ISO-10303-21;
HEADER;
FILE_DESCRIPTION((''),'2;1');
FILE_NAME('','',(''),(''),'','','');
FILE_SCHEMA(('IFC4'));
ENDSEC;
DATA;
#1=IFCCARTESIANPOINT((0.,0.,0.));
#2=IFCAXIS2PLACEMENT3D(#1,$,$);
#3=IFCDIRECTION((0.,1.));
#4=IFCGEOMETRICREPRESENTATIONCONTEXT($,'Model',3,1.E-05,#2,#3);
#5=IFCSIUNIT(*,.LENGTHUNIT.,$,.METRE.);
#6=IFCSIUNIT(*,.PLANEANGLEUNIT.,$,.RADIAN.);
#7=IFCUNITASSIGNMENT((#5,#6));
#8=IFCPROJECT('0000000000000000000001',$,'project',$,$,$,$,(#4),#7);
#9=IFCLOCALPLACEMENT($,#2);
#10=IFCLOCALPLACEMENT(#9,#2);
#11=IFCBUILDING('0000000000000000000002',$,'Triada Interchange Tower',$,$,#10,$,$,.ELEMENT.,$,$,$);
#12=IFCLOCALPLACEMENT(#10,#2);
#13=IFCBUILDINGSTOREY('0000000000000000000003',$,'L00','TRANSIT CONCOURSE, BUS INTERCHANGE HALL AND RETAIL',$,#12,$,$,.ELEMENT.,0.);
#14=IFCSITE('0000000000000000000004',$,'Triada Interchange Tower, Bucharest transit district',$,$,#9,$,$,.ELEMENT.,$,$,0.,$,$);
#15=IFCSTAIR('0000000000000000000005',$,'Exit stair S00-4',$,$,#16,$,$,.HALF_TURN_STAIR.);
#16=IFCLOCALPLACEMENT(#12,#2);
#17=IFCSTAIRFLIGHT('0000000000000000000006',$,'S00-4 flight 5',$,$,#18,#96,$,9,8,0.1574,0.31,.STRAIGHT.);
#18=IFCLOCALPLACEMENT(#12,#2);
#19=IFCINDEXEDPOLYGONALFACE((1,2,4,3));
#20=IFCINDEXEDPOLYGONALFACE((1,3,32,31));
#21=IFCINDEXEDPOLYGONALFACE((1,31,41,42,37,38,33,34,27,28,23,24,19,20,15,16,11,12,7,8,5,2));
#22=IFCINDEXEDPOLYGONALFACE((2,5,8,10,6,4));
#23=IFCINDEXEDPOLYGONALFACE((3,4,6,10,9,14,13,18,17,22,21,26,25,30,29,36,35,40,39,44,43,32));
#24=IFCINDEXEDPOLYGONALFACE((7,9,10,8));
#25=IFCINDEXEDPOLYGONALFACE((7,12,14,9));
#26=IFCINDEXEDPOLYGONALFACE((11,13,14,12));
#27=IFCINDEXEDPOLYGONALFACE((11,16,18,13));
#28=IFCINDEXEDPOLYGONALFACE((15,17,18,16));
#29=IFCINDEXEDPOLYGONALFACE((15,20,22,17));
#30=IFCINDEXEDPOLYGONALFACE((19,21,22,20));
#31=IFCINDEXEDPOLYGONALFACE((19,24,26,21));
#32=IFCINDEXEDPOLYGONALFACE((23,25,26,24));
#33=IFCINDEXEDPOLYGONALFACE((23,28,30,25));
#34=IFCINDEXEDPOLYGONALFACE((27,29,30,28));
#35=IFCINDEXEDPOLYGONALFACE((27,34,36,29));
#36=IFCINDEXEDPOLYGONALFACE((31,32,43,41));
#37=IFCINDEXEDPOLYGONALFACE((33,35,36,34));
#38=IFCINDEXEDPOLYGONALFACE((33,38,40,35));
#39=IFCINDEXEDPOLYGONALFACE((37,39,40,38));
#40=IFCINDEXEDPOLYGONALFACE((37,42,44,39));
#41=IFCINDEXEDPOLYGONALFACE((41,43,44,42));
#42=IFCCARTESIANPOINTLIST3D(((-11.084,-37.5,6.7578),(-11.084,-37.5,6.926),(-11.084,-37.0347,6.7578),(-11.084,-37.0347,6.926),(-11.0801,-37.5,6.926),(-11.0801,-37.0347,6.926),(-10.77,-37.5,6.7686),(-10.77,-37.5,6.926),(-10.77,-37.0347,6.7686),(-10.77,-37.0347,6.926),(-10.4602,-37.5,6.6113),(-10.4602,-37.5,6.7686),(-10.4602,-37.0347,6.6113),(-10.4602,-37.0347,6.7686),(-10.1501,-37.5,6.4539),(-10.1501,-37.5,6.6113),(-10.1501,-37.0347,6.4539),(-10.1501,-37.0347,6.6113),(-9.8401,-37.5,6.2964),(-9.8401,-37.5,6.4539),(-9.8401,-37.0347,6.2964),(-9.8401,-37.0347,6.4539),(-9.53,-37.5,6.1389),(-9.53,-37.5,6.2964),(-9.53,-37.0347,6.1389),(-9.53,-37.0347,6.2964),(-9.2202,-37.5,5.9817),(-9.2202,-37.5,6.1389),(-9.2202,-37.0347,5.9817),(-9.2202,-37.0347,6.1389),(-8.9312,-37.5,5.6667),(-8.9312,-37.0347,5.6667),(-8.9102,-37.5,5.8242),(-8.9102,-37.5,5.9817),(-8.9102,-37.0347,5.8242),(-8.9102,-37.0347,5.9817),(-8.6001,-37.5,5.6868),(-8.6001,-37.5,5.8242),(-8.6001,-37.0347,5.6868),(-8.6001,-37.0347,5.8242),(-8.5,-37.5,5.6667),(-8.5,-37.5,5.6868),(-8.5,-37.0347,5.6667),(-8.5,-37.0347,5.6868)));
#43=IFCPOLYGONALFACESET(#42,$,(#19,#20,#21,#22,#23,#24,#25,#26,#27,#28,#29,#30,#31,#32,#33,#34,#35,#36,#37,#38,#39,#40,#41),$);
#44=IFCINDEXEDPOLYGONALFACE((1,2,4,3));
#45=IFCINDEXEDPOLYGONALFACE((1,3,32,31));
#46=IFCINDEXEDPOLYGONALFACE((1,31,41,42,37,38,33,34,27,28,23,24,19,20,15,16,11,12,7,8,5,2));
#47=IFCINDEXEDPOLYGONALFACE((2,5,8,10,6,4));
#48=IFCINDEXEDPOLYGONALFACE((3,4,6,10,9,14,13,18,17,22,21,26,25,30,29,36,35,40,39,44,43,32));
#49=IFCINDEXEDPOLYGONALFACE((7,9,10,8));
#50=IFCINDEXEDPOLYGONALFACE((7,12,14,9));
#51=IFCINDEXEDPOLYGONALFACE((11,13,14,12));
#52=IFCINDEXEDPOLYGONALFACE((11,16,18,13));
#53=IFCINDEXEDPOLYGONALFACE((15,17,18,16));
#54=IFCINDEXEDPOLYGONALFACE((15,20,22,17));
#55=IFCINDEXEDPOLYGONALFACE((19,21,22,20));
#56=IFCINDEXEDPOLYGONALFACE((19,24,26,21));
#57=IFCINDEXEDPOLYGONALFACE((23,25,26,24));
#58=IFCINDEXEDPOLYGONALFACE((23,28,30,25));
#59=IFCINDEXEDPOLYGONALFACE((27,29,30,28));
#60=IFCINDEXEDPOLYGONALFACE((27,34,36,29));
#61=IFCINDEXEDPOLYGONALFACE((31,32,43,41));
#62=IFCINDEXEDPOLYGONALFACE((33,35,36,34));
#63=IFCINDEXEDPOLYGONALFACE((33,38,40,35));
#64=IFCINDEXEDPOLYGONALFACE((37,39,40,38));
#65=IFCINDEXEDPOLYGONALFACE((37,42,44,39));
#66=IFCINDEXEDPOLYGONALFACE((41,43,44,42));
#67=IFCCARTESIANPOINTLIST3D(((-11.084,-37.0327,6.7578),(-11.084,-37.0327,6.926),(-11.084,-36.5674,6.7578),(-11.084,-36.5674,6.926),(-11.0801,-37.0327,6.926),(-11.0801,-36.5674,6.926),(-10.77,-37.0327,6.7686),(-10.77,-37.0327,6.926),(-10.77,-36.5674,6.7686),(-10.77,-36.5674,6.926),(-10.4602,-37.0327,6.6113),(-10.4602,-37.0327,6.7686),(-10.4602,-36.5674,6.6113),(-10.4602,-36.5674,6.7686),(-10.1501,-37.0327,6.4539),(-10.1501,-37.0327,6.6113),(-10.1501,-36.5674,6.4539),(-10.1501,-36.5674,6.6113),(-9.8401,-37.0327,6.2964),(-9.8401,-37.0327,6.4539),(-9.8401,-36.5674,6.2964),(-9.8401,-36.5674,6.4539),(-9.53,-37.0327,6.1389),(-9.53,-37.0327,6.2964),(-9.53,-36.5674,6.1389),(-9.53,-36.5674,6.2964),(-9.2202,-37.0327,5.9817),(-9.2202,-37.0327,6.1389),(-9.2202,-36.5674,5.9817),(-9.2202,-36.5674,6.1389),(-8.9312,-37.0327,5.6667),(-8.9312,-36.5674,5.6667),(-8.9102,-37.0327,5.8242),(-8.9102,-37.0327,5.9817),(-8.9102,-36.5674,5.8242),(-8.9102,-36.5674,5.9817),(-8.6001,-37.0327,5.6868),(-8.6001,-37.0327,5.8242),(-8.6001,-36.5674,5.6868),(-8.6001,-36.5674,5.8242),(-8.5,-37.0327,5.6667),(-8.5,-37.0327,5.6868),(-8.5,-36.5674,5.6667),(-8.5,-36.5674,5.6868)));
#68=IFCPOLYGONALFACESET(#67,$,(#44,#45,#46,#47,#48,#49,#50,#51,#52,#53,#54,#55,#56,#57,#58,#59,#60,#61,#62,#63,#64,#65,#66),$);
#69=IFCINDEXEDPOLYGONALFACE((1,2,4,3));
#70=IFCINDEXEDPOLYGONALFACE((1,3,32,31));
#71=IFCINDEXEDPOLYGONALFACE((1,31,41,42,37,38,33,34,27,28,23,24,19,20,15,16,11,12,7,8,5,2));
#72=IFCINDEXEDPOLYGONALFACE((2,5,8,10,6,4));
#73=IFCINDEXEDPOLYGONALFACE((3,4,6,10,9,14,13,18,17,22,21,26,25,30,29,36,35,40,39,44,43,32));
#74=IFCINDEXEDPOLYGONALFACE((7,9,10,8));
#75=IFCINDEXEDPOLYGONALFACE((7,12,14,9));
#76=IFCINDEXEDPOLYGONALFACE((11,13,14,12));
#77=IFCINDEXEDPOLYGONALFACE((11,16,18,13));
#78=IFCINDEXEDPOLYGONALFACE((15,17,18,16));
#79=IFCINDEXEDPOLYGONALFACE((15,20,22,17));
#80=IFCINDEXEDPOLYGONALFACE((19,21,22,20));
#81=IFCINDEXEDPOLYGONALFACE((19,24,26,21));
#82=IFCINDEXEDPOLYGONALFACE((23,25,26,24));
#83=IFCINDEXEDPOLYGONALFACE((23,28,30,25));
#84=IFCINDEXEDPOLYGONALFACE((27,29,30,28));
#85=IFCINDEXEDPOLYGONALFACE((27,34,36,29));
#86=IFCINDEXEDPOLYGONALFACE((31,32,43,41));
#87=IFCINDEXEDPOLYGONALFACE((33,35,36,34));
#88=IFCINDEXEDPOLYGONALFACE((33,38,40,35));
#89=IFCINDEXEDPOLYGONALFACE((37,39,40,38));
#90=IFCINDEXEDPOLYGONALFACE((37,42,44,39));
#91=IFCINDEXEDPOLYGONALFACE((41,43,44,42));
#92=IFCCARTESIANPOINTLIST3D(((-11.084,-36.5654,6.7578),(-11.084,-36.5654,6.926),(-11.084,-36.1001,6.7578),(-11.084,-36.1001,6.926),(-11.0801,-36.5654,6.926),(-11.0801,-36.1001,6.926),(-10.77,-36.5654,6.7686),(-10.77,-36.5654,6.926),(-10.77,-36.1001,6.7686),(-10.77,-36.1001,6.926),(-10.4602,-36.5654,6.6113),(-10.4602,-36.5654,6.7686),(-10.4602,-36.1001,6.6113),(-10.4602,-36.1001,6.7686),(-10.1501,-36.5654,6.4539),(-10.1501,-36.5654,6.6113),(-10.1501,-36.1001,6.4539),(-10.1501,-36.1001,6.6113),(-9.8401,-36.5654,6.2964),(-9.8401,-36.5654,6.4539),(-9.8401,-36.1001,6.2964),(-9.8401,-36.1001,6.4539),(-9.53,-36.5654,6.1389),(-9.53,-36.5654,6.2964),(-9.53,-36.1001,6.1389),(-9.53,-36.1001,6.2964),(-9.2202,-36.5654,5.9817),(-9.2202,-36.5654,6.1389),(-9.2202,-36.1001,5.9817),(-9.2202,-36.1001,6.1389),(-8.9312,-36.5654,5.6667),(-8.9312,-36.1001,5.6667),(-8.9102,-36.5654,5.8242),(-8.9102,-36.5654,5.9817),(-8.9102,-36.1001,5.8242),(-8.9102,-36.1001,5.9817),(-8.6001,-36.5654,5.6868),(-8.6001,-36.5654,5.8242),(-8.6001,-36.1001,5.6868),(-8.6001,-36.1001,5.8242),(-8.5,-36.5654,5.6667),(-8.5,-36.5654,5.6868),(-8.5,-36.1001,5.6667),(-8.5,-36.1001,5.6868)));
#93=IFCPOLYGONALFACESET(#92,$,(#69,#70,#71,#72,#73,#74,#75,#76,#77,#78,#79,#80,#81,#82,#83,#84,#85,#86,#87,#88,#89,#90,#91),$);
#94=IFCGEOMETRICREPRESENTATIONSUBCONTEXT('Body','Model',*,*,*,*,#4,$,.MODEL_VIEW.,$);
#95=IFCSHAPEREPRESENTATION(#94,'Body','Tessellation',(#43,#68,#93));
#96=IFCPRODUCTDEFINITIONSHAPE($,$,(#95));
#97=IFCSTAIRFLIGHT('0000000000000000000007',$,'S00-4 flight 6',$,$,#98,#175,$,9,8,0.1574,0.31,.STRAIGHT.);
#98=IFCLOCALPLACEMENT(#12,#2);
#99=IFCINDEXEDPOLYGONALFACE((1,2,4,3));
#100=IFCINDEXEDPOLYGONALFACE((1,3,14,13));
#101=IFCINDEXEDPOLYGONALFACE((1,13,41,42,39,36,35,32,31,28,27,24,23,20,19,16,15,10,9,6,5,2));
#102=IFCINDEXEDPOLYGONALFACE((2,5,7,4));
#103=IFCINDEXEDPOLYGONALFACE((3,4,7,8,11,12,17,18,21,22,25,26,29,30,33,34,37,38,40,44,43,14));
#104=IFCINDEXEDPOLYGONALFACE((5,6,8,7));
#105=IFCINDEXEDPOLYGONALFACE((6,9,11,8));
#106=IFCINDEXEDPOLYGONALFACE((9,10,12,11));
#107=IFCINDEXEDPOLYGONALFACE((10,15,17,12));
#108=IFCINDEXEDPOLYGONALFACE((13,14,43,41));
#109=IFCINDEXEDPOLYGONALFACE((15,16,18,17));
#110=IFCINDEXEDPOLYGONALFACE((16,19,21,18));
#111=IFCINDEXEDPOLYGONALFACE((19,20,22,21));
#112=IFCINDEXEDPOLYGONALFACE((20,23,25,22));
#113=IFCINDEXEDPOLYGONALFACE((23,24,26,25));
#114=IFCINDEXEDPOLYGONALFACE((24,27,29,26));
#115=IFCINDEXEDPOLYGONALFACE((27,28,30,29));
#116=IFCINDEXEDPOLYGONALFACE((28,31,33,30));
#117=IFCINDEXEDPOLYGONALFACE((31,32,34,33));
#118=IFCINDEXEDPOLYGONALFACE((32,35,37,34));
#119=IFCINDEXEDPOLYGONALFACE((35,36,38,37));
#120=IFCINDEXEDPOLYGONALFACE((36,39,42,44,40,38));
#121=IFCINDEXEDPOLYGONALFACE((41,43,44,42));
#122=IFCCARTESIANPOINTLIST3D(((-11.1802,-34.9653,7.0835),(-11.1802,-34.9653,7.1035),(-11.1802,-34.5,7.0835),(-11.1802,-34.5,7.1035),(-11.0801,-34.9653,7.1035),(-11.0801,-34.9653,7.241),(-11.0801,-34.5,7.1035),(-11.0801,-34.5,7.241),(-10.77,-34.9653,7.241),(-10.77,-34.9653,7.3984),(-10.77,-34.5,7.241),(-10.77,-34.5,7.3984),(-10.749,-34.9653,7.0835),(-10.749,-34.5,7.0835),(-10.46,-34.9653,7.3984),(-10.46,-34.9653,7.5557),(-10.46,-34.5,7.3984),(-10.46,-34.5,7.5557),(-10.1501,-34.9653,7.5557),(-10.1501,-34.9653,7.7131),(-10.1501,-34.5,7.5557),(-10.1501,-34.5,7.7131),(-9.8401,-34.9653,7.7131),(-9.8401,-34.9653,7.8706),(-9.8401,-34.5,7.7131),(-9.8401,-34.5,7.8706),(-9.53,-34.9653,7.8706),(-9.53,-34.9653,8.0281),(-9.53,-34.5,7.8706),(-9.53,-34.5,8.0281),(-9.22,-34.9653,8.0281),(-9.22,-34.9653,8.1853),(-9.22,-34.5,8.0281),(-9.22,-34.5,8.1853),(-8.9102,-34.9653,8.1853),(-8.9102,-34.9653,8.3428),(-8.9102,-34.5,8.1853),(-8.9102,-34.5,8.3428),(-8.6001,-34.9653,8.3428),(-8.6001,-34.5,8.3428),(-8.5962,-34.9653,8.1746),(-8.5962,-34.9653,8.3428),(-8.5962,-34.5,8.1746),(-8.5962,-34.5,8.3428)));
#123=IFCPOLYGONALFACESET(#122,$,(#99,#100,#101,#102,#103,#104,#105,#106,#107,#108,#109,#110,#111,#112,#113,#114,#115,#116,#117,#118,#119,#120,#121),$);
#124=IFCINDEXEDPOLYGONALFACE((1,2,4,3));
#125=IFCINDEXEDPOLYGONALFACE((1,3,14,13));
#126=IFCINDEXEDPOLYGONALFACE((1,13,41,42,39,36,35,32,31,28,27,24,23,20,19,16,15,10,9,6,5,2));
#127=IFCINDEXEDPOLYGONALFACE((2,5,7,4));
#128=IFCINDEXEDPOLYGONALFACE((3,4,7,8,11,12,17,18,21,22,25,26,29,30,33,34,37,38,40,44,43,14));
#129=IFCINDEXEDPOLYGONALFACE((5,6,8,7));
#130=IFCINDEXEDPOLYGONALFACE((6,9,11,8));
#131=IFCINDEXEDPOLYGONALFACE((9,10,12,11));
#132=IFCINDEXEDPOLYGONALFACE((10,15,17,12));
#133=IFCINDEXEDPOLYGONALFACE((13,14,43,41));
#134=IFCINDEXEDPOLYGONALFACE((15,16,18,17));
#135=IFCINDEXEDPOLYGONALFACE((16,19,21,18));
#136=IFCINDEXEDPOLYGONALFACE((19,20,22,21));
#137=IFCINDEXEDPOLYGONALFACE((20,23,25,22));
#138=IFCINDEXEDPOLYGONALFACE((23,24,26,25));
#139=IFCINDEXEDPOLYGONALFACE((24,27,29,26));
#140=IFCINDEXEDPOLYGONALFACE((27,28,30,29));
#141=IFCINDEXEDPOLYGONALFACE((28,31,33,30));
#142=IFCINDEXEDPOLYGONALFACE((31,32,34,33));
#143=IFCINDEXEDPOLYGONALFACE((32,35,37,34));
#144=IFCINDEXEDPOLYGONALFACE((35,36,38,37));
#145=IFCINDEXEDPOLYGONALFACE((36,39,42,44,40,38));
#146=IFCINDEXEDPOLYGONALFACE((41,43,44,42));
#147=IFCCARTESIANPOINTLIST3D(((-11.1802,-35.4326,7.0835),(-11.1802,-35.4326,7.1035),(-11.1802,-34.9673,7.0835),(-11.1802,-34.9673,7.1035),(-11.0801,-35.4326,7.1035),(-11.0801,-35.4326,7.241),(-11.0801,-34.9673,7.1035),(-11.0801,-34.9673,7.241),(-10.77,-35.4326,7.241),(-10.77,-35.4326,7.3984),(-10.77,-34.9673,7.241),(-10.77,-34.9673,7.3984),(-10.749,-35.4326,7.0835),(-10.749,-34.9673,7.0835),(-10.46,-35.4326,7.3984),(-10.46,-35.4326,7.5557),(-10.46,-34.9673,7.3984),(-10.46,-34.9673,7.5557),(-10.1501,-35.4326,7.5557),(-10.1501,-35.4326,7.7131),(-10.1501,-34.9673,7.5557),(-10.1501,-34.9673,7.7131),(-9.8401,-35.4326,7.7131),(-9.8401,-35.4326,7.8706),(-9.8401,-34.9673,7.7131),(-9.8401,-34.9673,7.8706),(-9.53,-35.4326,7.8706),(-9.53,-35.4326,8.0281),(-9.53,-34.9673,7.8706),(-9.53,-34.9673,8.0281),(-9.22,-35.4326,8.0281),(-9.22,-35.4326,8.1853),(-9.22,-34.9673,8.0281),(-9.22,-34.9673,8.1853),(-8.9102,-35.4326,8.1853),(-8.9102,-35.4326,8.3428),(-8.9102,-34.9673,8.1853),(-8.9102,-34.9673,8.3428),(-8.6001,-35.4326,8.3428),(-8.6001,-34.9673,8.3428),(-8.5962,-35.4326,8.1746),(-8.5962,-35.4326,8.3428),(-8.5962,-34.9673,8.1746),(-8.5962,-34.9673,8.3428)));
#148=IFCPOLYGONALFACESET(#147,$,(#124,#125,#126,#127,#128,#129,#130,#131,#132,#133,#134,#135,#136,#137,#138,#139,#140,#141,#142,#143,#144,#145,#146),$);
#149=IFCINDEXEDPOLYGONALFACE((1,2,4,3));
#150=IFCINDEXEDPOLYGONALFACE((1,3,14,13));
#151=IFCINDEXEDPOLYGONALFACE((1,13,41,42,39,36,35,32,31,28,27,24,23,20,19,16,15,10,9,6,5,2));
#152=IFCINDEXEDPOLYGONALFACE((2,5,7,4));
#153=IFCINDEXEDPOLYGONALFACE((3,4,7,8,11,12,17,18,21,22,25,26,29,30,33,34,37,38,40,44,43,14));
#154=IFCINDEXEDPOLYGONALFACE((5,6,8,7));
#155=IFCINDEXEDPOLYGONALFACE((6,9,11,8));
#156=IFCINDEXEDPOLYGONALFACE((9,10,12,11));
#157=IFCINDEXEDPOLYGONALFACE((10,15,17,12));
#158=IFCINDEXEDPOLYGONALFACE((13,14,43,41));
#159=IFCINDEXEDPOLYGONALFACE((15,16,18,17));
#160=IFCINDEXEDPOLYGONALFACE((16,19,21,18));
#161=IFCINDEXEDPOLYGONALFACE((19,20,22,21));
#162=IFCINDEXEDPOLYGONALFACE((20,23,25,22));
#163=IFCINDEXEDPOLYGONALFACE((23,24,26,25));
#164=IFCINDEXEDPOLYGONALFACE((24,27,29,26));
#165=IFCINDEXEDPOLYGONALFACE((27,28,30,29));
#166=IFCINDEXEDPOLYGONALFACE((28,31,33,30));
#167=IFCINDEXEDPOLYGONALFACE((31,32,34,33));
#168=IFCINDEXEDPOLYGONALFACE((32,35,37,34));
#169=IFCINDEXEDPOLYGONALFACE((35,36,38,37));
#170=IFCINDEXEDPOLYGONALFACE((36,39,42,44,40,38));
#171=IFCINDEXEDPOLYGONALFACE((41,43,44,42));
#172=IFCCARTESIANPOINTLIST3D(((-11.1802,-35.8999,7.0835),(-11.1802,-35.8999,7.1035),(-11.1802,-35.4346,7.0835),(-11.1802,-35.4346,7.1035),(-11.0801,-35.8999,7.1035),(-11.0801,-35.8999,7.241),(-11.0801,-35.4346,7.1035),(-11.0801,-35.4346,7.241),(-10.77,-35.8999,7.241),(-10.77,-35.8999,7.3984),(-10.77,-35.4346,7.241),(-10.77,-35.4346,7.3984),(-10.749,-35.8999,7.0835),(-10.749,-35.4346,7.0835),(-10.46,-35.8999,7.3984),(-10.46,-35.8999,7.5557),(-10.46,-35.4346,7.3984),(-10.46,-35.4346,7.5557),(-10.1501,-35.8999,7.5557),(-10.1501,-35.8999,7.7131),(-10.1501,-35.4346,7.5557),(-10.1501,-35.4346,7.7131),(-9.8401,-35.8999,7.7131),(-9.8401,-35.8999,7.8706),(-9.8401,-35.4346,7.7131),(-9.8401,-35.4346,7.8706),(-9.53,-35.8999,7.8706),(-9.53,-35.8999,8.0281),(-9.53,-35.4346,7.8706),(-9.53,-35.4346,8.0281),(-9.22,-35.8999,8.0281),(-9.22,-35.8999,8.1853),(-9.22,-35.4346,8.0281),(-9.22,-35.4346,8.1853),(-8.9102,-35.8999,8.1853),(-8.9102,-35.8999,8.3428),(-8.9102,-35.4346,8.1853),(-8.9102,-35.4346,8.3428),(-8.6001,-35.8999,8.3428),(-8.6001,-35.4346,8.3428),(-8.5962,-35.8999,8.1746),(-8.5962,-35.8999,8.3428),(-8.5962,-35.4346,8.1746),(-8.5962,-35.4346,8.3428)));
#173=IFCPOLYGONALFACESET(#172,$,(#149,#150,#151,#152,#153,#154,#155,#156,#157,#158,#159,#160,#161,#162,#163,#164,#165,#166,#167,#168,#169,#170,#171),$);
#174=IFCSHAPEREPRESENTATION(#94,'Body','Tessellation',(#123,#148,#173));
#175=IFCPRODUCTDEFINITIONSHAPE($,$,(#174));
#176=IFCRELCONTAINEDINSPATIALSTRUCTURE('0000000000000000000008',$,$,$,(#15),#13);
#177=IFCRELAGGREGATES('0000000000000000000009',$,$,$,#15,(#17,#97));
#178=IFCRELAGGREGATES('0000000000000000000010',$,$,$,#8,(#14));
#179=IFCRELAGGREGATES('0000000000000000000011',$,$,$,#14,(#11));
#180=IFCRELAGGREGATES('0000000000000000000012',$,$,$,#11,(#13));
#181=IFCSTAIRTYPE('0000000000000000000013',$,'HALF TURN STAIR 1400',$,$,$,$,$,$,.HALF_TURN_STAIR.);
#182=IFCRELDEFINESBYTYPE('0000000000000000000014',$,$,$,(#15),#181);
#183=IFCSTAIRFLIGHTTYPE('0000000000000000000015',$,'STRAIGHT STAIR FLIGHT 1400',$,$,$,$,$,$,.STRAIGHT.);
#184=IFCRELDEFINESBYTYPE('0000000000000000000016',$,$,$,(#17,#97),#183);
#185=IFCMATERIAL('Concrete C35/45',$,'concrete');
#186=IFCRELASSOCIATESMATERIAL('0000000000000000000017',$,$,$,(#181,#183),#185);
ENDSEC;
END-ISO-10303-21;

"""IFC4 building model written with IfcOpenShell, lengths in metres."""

from ifc_helpers import new_model, si_unit, direction, frame, origin, place, context, subcontext, project, spatial, polyline, outline, extrude, material, type_object, element, aggregate, save


model = new_model("IFC4")

# Units and contexts
model_context = context("Model", 3, precision=1e-05, world=origin(), true_north=direction((0.0, 1.0)))
body_context = subcontext(model_context, "Body", "Model", "MODEL_VIEW")
ifc_project = project(units=[si_unit("LENGTHUNIT", "METRE"), si_unit("PLANEANGLEUNIT", "RADIAN")], contexts=[model_context])

# Site, building, storey
site_placement = place(None, origin())
site = spatial("IfcSite", under=ifc_project, at=site_placement, Name="Triada Interchange Tower, Bucharest transit district", CompositionType="ELEMENT", RefElevation=0.0)
building_placement = place(site_placement, origin())
building = spatial("IfcBuilding", under=site, at=building_placement, Name="Triada Interchange Tower", CompositionType="ELEMENT")
storey_placement = place(building_placement, origin())
storey = spatial("IfcBuildingStorey", under=building, at=storey_placement, Name="L00", Description="TRANSIT CONCOURSE, BUS INTERCHANGE HALL AND RETAIL", CompositionType="ELEMENT", Elevation=0.0)

# Shared definitions
ifc_material_1 = material(Name="Concrete C35/45", Category="concrete")

# Stair, stair flights
stair_type = type_object("IfcStairType", Name="HALF TURN STAIR 1400", PredefinedType="HALF_TURN_STAIR", material=ifc_material_1)
stair_1_placement = place(storey_placement, origin())
stair_1 = element("IfcStair", 1, at=stair_1_placement, inside=storey, type_object=stair_type, Name="Exit stair S00-4", PredefinedType="HALF_TURN_STAIR")
stair_flight_type = type_object("IfcStairFlightType", Name="STRAIGHT STAIR FLIGHT 1400", PredefinedType="STRAIGHT", material=ifc_material_1)
stair_flight_1_placement = place(storey_placement, frame((-8.6001, -36.8, 5.6667), z_axis=(0.0, 0.0, 1.0), x_axis=(-1.0, 0.0, 0.0)))
stair_flight_1 = element("IfcStairFlight", 2, at=stair_flight_1_placement, type_object=stair_flight_type, Name="S00-4 flight 5", NumberOfRisers=9, NumberOfTreads=8, PredefinedType="STRAIGHT", RiserHeight=0.1574, TreadLength=0.31, context=body_context, shape_type="SweptSolid", body=[
    extrude(outline(polyline([(-0.1001, 0.0), (-0.1001, 0.02), (0.0, 0.02), (0.0, 0.1575), (0.3101, 0.1575), (0.3101, 0.3149), (0.6201, 0.3149), (0.6201, 0.4722), (0.9299, 0.4722), (0.9299, 0.6296), (1.24, 0.6296), (1.24, 0.7871), (1.55, 0.7871), (1.55, 0.9446), (1.8601, 0.9446), (1.8601, 1.1018), (2.1699, 1.1018), (2.1699, 1.2593), (2.48, 1.2593), (2.4839, 1.2593), (2.4839, 1.4167), (2.4839, 1.0911), (0.3311, 0.0), (-0.1001, 0.0)])), frame((0.0, 0.7, 0.0), z_axis=(0.0, -1.0, 0.0), x_axis=(1.0, 0.0, 0.0)), (0.0, 0.0, 1.0), 0.4653),
    extrude(outline(polyline([(-0.1001, 0.0), (-0.1001, 0.02), (0.0, 0.02), (0.0, 0.1575), (0.3101, 0.1575), (0.3101, 0.3149), (0.6201, 0.3149), (0.6201, 0.4722), (0.9299, 0.4722), (0.9299, 0.6296), (1.24, 0.6296), (1.24, 0.7871), (1.55, 0.7871), (1.55, 0.9446), (1.8601, 0.9446), (1.8601, 1.1018), (2.1699, 1.1018), (2.1699, 1.2593), (2.48, 1.2593), (2.4839, 1.2593), (2.4839, 1.4167), (2.4839, 1.0911), (0.3311, 0.0), (-0.1001, 0.0)])), frame((0.0, 0.2327, 0.0), z_axis=(0.0, -1.0, 0.0), x_axis=(1.0, 0.0, 0.0)), (0.0, 0.0, 1.0), 0.4653),
    extrude(outline(polyline([(-0.1001, 0.0), (-0.1001, 0.02), (0.0, 0.02), (0.0, 0.1575), (0.3101, 0.1575), (0.3101, 0.3149), (0.6201, 0.3149), (0.6201, 0.4722), (0.9299, 0.4722), (0.9299, 0.6296), (1.24, 0.6296), (1.24, 0.7871), (1.55, 0.7871), (1.55, 0.9446), (1.8601, 0.9446), (1.8601, 1.1018), (2.1699, 1.1018), (2.1699, 1.2593), (2.48, 1.2593), (2.4839, 1.2593), (2.4839, 1.4167), (2.4839, 1.0911), (0.3311, 0.0), (-0.1001, 0.0)])), frame((0.0, -0.2346, 0.0), z_axis=(0.0, -1.0, 0.0), x_axis=(1.0, 0.0, 0.0)), (0.0, 0.0, 1.0), 0.4653),
])
stair_flight_2_placement = place(storey_placement, frame((-11.0801, -35.2, 7.0835), z_axis=(0.0, 0.0, 1.0), x_axis=(1.0, 0.0, 0.0)))
stair_flight_2 = element("IfcStairFlight", 3, at=stair_flight_2_placement, type_object=stair_flight_type, Name="S00-4 flight 6", NumberOfRisers=9, NumberOfTreads=8, PredefinedType="STRAIGHT", RiserHeight=0.1574, TreadLength=0.31, context=body_context, shape_type="SweptSolid", body=[
    extrude(outline(polyline([(-0.1001, 0.0), (-0.1001, 0.02), (0.0, 0.02), (0.0, 0.1575), (0.3101, 0.1575), (0.3101, 0.3149), (0.6201, 0.3149), (0.6201, 0.4722), (0.9299, 0.4722), (0.9299, 0.6296), (1.24, 0.6296), (1.24, 0.7871), (1.55, 0.7871), (1.55, 0.9446), (1.8601, 0.9446), (1.8601, 1.1018), (2.1699, 1.1018), (2.1699, 1.2593), (2.48, 1.2593), (2.4839, 1.2593), (2.4839, 1.4167), (2.4839, 1.0911), (0.3311, 0.0), (-0.1001, 0.0)])), frame((0.0, 0.7, 0.0), z_axis=(0.0, -1.0, 0.0), x_axis=(1.0, 0.0, 0.0)), (0.0, 0.0, 1.0), 0.4653),
    extrude(outline(polyline([(-0.1001, 0.0), (-0.1001, 0.02), (0.0, 0.02), (0.0, 0.1575), (0.3101, 0.1575), (0.3101, 0.3149), (0.6201, 0.3149), (0.6201, 0.4722), (0.9299, 0.4722), (0.9299, 0.6296), (1.24, 0.6296), (1.24, 0.7871), (1.55, 0.7871), (1.55, 0.9446), (1.8601, 0.9446), (1.8601, 1.1018), (2.1699, 1.1018), (2.1699, 1.2593), (2.48, 1.2593), (2.4839, 1.2593), (2.4839, 1.4167), (2.4839, 1.0911), (0.3311, 0.0), (-0.1001, 0.0)])), frame((0.0, 0.2327, 0.0), z_axis=(0.0, -1.0, 0.0), x_axis=(1.0, 0.0, 0.0)), (0.0, 0.0, 1.0), 0.4653),
    extrude(outline(polyline([(-0.1001, 0.0), (-0.1001, 0.02), (0.0, 0.02), (0.0, 0.1575), (0.3101, 0.1575), (0.3101, 0.3149), (0.6201, 0.3149), (0.6201, 0.4722), (0.9299, 0.4722), (0.9299, 0.6296), (1.24, 0.6296), (1.24, 0.7871), (1.55, 0.7871), (1.55, 0.9446), (1.8601, 0.9446), (1.8601, 1.1018), (2.1699, 1.1018), (2.1699, 1.2593), (2.48, 1.2593), (2.4839, 1.2593), (2.4839, 1.4167), (2.4839, 1.0911), (0.3311, 0.0), (-0.1001, 0.0)])), frame((0.0, -0.2346, 0.0), z_axis=(0.0, -1.0, 0.0), x_axis=(1.0, 0.0, 0.0)), (0.0, 0.0, 1.0), 0.4653),
])

aggregate(stair_1, [stair_flight_1, stair_flight_2])

save(model, "model.ifc")
